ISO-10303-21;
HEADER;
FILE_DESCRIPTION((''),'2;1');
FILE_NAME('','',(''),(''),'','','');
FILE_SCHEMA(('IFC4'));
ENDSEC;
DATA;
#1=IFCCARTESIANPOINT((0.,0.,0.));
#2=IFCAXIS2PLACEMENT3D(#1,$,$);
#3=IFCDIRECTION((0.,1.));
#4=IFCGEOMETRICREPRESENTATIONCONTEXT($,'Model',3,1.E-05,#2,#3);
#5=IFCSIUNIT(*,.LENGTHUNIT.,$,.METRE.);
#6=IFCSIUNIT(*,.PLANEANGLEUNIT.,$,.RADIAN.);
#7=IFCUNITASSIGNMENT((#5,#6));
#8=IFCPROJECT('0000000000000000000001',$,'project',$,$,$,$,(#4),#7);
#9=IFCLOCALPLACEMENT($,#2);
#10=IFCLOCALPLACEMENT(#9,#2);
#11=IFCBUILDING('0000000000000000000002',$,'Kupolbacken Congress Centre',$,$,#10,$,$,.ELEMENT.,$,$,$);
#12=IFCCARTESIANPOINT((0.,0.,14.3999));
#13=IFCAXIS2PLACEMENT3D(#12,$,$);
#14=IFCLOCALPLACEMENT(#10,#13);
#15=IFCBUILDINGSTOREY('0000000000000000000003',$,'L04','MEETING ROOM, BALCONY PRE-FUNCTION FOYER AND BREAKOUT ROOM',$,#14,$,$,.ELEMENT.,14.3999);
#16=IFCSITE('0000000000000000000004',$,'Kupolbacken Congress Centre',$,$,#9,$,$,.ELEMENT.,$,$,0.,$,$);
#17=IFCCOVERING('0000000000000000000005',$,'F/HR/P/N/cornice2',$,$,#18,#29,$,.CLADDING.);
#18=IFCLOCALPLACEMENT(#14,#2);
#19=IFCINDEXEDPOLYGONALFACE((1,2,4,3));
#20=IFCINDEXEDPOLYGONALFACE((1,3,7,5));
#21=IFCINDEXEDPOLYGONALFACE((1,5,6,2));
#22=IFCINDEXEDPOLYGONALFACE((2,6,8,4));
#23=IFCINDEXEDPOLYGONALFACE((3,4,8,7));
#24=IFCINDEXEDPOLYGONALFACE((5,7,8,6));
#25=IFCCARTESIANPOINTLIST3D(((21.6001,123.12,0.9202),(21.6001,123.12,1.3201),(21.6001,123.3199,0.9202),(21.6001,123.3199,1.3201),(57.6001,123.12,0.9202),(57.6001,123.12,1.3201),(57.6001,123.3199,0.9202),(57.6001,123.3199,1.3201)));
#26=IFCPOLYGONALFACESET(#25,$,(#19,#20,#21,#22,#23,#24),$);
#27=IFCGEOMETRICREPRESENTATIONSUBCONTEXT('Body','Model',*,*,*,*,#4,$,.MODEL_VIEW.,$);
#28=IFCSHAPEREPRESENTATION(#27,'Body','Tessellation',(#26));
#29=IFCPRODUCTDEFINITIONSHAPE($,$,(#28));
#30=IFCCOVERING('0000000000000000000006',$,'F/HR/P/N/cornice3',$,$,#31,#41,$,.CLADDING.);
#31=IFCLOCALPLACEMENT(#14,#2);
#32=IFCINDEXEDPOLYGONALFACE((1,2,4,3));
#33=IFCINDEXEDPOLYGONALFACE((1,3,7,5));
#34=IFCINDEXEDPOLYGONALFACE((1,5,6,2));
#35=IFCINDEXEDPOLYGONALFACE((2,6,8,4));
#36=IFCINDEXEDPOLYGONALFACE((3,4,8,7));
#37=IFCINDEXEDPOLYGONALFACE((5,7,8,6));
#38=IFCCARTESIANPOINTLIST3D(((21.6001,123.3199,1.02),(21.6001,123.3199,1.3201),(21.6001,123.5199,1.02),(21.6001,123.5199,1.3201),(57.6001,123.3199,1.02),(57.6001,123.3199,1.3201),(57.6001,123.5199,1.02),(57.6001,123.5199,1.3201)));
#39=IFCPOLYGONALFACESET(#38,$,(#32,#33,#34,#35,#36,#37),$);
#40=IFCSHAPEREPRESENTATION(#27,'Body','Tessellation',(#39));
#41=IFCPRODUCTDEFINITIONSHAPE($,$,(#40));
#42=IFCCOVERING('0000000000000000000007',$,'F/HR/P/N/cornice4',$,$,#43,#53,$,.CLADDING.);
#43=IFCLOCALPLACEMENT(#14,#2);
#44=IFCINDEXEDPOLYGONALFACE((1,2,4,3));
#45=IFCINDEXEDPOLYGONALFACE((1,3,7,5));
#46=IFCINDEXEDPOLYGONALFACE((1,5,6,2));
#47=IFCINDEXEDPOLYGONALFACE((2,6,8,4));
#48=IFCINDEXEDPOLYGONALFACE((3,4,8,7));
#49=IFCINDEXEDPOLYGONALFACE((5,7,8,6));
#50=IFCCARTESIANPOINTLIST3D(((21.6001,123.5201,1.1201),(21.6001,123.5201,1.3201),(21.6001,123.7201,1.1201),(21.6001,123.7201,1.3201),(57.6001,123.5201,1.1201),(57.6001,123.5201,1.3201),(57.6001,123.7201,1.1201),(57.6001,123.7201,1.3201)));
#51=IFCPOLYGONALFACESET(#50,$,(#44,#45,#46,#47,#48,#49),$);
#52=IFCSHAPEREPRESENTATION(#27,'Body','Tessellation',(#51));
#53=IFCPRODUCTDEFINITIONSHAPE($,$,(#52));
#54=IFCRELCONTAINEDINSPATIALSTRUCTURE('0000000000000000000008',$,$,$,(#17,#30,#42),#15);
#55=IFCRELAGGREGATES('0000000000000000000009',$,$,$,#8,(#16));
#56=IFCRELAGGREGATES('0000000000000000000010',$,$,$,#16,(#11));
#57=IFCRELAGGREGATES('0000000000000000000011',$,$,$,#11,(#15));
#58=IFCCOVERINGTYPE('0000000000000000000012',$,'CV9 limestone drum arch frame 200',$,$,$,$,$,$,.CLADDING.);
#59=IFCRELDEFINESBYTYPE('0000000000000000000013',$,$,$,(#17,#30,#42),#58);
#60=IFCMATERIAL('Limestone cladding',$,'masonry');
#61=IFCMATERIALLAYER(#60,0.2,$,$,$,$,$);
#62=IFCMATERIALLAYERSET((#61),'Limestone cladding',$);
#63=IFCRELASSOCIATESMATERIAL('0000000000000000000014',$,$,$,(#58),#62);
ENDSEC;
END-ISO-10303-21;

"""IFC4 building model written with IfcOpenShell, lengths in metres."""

from ifc_helpers import new_model, si_unit, direction, frame, origin, origin_2d, place, context, subcontext, project, spatial, rectangle, extrude, material, layer, layer_set, type_object, element, save


model = new_model("IFC4")

# Units and contexts
model_context = context("Model", 3, precision=1e-05, world=origin(), true_north=direction((0.0, 1.0)))
body_context = subcontext(model_context, "Body", "Model", "MODEL_VIEW")
ifc_project = project(units=[si_unit("LENGTHUNIT", "METRE"), si_unit("PLANEANGLEUNIT", "RADIAN")], contexts=[model_context])

# Site, building, storey
site_placement = place(None, origin())
site = spatial("IfcSite", under=ifc_project, at=site_placement, Name="Kupolbacken Congress Centre", CompositionType="ELEMENT", RefElevation=0.0)
building_placement = place(site_placement, origin())
building = spatial("IfcBuilding", under=site, at=building_placement, Name="Kupolbacken Congress Centre", CompositionType="ELEMENT")
storey_placement = place(building_placement, frame((0.0, 0.0, 14.3999)))
storey = spatial("IfcBuildingStorey", under=building, at=storey_placement, Name="L04", Description="MEETING ROOM, BALCONY PRE-FUNCTION FOYER AND BREAKOUT ROOM", CompositionType="ELEMENT", Elevation=14.3999)

# Coverings
ifc_material_1 = material(Name="Limestone cladding", Category="masonry")
ifc_layer_1 = layer(ifc_material_1, 0.2)
ifc_layer_set_1 = layer_set([ifc_layer_1], Name="Limestone cladding")
covering_type_1 = type_object("IfcCoveringType", Name="CV9 limestone drum arch frame 200", PredefinedType="CLADDING", material=ifc_layer_set_1)
covering_1_placement = place(storey_placement, frame((39.6001, 123.22, 0.9202), z_axis=(0.0, 0.0, 1.0), x_axis=(1.0, 0.0, 0.0)))
element("IfcCovering", 1, at=covering_1_placement, inside=storey, type_object=covering_type_1, Name="F/HR/P/N/cornice2", PredefinedType="CLADDING", context=body_context, shape_type="SweptSolid", body=[
    extrude(rectangle(XDim=36.0, YDim=0.2, at=origin_2d()), origin(), (0.0, 0.0, 1.0), 0.3999),
])
covering_2_placement = place(storey_placement, frame((39.6001, 123.4199, 1.02), z_axis=(0.0, 0.0, 1.0), x_axis=(1.0, 0.0, 0.0)))
element("IfcCovering", 2, at=covering_2_placement, inside=storey, type_object=covering_type_1, Name="F/HR/P/N/cornice3", PredefinedType="CLADDING", context=body_context, shape_type="SweptSolid", body=[
    extrude(rectangle(XDim=36.0, YDim=0.2, at=origin_2d()), origin(), (0.0, 0.0, 1.0), 0.3),
])
covering_3_placement = place(storey_placement, frame((39.6001, 123.6201, 1.1201), z_axis=(0.0, 0.0, 1.0), x_axis=(1.0, 0.0, 0.0)))
element("IfcCovering", 3, at=covering_3_placement, inside=storey, type_object=covering_type_1, Name="F/HR/P/N/cornice4", PredefinedType="CLADDING", context=body_context, shape_type="SweptSolid", body=[
    extrude(rectangle(XDim=36.0, YDim=0.2, at=origin_2d()), origin(), (0.0, 0.0, 1.0), 0.2),
])

save(model, "model.ifc")
